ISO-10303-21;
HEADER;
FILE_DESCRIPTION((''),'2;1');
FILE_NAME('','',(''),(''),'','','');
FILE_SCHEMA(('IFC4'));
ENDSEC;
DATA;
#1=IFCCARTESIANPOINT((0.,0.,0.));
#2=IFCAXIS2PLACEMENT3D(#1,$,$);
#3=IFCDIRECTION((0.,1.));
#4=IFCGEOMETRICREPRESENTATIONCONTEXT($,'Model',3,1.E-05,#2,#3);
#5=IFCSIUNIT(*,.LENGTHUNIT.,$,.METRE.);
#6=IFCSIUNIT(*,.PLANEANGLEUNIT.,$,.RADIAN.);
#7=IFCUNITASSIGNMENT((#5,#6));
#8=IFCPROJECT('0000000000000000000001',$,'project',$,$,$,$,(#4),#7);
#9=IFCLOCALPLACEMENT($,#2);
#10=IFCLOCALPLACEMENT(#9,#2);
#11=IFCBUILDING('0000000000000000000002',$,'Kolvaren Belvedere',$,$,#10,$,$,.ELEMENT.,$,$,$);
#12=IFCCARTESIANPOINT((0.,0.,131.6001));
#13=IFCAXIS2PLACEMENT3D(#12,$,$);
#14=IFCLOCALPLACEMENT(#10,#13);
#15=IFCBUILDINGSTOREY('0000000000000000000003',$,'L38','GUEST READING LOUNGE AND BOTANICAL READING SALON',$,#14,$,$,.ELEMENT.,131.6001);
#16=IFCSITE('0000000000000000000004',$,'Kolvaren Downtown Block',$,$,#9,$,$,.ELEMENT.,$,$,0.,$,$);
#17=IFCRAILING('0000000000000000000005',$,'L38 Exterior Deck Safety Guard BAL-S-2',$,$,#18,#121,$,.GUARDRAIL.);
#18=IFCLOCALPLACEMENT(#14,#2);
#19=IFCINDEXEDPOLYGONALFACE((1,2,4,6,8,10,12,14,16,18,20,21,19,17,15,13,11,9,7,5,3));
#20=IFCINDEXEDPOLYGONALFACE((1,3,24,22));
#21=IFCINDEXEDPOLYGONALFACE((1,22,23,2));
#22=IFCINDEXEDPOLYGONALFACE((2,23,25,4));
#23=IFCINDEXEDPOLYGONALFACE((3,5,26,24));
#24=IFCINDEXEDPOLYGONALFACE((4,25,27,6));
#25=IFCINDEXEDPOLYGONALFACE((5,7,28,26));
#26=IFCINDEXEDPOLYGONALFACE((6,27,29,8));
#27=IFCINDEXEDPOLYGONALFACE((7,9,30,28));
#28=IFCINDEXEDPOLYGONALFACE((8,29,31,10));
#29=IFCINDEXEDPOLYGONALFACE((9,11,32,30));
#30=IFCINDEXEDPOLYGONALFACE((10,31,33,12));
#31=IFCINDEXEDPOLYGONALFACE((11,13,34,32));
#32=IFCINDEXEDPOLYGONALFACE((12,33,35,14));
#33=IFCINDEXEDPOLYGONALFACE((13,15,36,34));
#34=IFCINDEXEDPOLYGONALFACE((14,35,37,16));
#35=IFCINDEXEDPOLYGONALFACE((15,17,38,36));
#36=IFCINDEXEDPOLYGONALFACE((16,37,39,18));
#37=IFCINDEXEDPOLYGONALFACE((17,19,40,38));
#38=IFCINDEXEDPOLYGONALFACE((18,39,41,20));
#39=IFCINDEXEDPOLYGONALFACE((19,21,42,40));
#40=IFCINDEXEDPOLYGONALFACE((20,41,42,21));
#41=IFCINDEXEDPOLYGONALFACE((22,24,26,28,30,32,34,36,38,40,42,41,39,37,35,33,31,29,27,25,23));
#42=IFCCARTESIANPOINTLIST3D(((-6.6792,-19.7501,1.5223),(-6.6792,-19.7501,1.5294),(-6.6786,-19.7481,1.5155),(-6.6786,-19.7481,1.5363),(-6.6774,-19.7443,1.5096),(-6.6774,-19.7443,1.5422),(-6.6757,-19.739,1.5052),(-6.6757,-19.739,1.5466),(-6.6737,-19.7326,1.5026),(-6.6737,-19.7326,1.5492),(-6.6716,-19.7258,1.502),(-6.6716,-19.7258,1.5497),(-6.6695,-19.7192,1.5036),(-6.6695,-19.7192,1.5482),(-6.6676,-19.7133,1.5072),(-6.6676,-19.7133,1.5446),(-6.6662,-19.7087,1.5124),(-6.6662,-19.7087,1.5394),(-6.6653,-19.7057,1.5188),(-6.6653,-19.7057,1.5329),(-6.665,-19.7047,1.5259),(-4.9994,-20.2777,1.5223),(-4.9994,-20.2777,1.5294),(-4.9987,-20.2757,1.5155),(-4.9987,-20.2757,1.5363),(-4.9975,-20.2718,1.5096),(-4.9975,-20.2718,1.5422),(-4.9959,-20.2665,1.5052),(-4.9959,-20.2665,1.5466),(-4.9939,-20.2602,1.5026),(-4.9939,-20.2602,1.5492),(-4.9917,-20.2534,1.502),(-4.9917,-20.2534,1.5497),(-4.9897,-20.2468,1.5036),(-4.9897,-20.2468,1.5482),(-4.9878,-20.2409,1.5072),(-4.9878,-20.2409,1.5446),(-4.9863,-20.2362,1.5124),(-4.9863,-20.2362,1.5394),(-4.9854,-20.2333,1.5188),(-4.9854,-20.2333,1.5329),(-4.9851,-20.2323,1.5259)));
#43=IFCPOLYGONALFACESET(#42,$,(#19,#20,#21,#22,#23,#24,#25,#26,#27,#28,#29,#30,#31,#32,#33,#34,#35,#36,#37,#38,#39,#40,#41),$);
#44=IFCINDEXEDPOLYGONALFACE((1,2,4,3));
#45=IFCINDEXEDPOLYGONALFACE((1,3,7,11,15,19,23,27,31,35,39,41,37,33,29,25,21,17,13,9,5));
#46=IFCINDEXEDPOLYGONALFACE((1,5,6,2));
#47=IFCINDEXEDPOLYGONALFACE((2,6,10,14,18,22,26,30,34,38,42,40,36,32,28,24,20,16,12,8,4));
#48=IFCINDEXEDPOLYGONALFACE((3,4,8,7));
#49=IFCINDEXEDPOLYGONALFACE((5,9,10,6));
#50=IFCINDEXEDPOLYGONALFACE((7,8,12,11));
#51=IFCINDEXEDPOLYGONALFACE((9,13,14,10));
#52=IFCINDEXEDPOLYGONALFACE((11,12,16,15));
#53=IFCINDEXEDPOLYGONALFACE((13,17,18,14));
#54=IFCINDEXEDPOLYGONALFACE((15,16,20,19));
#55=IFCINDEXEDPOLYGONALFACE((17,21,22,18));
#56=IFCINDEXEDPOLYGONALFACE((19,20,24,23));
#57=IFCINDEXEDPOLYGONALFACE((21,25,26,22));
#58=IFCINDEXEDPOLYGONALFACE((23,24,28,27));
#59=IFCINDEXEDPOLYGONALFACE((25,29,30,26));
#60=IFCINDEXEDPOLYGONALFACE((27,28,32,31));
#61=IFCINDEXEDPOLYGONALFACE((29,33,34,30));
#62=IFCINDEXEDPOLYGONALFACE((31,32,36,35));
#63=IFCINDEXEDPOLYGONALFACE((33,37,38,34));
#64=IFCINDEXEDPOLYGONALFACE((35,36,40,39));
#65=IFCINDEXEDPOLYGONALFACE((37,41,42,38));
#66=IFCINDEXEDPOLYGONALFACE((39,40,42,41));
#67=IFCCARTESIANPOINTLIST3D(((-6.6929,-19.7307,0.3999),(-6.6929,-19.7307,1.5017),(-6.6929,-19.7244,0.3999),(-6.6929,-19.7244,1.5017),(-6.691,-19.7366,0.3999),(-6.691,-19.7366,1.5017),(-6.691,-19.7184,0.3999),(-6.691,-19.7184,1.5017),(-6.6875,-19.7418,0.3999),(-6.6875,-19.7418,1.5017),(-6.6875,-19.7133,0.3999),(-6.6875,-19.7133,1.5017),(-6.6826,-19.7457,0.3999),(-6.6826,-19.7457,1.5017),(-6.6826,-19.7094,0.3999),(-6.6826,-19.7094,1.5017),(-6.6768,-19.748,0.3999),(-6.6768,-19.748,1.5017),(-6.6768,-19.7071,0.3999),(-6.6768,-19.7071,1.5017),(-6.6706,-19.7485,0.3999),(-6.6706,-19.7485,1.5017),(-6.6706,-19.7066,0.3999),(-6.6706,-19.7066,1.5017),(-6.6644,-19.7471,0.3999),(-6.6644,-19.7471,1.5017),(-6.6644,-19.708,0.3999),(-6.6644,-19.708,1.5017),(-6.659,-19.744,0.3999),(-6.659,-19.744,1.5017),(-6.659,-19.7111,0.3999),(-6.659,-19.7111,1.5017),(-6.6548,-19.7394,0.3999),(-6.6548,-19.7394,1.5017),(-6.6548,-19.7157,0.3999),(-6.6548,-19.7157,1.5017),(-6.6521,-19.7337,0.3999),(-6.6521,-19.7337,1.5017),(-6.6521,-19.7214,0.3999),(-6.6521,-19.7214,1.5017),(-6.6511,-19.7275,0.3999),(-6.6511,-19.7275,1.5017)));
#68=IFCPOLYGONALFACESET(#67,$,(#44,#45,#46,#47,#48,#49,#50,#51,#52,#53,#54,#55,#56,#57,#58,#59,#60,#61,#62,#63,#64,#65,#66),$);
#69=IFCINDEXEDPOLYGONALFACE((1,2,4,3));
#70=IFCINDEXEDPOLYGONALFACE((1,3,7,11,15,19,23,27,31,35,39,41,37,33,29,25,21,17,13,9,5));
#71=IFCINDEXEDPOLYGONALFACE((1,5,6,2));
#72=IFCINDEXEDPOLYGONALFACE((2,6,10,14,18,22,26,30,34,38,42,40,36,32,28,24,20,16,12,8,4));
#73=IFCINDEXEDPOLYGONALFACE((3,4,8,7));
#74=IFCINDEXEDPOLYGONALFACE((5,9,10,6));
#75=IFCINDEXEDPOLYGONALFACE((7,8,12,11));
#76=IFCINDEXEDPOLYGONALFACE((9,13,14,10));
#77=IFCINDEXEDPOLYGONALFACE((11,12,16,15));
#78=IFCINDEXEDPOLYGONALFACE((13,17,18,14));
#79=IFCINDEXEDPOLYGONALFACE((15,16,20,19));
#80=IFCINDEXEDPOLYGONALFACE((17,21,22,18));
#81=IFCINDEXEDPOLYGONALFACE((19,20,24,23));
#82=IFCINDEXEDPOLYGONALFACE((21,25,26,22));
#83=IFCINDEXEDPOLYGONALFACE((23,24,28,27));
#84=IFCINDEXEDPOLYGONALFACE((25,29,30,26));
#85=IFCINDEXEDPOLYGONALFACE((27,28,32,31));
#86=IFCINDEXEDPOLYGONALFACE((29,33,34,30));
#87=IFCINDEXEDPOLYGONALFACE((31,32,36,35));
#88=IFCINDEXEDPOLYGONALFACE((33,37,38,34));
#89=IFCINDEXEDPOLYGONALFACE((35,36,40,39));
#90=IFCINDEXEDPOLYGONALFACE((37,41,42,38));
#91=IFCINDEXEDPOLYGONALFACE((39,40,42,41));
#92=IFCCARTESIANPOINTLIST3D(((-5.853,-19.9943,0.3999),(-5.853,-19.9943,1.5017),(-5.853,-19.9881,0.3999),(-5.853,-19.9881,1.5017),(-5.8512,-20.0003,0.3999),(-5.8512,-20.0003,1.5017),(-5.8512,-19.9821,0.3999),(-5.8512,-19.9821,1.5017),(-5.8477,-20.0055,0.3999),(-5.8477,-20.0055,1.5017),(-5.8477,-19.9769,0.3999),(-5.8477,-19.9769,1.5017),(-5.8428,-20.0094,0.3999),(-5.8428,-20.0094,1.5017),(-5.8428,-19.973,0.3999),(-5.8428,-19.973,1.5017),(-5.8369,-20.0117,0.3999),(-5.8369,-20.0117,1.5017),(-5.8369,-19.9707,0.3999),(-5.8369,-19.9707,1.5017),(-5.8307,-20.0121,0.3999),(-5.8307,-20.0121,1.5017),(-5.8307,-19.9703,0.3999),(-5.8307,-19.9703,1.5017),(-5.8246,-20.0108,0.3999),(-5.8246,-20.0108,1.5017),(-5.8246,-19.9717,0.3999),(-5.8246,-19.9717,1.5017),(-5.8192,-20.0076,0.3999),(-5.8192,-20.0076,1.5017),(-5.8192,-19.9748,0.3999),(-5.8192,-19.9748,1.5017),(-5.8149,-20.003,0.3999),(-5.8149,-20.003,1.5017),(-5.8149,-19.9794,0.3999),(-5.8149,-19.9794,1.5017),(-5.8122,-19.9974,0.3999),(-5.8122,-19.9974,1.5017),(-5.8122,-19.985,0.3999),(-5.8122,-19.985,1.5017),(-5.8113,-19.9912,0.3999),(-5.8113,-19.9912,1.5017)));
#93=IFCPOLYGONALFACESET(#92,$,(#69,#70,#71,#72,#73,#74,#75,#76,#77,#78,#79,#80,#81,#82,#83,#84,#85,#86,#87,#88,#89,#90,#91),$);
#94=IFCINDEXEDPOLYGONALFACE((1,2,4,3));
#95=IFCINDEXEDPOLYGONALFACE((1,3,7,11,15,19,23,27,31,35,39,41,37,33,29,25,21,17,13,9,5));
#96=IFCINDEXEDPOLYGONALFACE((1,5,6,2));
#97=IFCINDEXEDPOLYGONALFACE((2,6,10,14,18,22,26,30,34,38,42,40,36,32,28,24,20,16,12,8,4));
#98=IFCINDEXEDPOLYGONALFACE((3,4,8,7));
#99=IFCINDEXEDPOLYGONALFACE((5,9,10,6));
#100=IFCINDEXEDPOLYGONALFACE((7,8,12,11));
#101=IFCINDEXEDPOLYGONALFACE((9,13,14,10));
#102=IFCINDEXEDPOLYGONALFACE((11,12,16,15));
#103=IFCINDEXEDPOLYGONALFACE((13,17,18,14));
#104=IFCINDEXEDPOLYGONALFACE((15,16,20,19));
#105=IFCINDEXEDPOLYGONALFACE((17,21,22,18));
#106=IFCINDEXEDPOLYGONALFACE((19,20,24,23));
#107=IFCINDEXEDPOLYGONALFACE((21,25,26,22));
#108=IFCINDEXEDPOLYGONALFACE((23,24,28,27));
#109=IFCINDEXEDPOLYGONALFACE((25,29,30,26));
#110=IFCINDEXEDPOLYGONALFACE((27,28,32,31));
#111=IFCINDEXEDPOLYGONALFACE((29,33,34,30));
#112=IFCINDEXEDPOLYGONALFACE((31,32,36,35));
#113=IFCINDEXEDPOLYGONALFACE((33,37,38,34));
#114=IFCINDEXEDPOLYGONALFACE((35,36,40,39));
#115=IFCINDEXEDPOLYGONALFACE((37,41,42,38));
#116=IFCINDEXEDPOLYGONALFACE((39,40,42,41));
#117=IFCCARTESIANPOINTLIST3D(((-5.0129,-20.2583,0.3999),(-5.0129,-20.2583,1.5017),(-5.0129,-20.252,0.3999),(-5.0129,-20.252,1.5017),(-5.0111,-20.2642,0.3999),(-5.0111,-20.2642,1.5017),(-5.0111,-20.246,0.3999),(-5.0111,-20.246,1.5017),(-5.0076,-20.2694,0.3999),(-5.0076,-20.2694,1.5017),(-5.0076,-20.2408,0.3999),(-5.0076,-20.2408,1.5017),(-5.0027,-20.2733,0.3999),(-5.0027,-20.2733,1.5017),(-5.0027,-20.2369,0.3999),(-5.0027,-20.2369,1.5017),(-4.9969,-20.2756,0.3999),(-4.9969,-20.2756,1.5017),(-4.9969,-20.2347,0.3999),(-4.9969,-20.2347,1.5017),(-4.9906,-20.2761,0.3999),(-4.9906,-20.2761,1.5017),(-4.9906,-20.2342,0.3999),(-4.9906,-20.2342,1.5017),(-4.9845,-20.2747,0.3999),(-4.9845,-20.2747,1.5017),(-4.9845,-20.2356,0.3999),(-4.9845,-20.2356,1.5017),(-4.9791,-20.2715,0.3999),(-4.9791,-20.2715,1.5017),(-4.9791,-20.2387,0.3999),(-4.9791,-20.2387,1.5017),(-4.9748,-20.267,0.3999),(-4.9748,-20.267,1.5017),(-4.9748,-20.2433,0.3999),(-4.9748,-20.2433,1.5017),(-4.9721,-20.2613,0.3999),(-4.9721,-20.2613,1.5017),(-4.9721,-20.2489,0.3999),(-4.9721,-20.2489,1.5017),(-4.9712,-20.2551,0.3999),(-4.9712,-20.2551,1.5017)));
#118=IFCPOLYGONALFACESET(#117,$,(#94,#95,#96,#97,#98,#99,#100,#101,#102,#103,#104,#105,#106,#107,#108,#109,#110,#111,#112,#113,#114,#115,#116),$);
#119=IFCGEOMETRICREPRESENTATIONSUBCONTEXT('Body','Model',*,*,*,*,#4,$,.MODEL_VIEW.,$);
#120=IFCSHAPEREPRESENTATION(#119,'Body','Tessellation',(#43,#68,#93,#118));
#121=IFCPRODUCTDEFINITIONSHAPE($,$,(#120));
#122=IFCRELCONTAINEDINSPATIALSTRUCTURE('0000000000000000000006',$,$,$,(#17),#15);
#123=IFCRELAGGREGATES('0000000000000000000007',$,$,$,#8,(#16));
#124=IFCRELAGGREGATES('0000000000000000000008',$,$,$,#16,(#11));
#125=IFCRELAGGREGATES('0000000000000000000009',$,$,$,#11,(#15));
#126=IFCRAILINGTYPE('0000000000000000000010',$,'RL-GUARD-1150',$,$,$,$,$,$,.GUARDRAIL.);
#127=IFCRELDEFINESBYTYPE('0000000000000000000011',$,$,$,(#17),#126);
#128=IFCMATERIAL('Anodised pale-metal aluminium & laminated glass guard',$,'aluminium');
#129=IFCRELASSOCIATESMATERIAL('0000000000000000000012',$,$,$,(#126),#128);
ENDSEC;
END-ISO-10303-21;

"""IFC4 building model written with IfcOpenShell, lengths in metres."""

from ifc_helpers import new_model, si_unit, direction, frame, origin, origin_2d, place, context, subcontext, project, spatial, circle, extrude, material, type_object, element, save


model = new_model("IFC4")

# Units and contexts
model_context = context("Model", 3, precision=1e-05, world=origin(), true_north=direction((0.0, 1.0)))
body_context = subcontext(model_context, "Body", "Model", "MODEL_VIEW")
ifc_project = project(units=[si_unit("LENGTHUNIT", "METRE"), si_unit("PLANEANGLEUNIT", "RADIAN")], contexts=[model_context])

# Site, building, storey
site_placement = place(None, origin())
site = spatial("IfcSite", under=ifc_project, at=site_placement, Name="Kolvaren Downtown Block", CompositionType="ELEMENT", RefElevation=0.0)
building_placement = place(site_placement, origin())
building = spatial("IfcBuilding", under=site, at=building_placement, Name="Kolvaren Belvedere", CompositionType="ELEMENT")
storey_placement = place(building_placement, frame((0.0, 0.0, 131.6001)))
storey = spatial("IfcBuildingStorey", under=building, at=storey_placement, Name="L38", Description="GUEST READING LOUNGE AND BOTANICAL READING SALON", CompositionType="ELEMENT", Elevation=131.6001)

# Railing
ifc_material_1 = material(Name="Anodised pale-metal aluminium & laminated glass guard", Category="aluminium")
railing_type = type_object("IfcRailingType", Name="RL-GUARD-1150", PredefinedType="GUARDRAIL", material=ifc_material_1)
railing_1_placement = place(storey_placement, frame((-6.6721, -19.7275, 0.3999)))
element("IfcRailing", 1, at=railing_1_placement, inside=storey, type_object=railing_type, Name="L38 Exterior Deck Safety Guard BAL-S-2", PredefinedType="GUARDRAIL", context=body_context, shape_type="SweptSolid", body=[
    extrude(circle(Radius=0.0239, at=origin_2d()), frame((0.0, 0.0, 1.126), z_axis=(0.954057, -0.299625, 0.0), x_axis=(0.299625, 0.954057, 0.0)), (0.0, 0.0, 1.0), 1.7607),
    extrude(circle(Radius=0.021, at=origin_2d()), origin(), (0.0, 0.0, 1.0), 1.1018),
    extrude(circle(Radius=0.021, at=origin_2d()), frame((0.8398, -0.2637, 0.0)), (0.0, 0.0, 1.0), 1.1018),
    extrude(circle(Radius=0.021, at=origin_2d()), frame((1.6799, -0.5276, 0.0)), (0.0, 0.0, 1.0), 1.1018),
])

save(model, "model.ifc")
